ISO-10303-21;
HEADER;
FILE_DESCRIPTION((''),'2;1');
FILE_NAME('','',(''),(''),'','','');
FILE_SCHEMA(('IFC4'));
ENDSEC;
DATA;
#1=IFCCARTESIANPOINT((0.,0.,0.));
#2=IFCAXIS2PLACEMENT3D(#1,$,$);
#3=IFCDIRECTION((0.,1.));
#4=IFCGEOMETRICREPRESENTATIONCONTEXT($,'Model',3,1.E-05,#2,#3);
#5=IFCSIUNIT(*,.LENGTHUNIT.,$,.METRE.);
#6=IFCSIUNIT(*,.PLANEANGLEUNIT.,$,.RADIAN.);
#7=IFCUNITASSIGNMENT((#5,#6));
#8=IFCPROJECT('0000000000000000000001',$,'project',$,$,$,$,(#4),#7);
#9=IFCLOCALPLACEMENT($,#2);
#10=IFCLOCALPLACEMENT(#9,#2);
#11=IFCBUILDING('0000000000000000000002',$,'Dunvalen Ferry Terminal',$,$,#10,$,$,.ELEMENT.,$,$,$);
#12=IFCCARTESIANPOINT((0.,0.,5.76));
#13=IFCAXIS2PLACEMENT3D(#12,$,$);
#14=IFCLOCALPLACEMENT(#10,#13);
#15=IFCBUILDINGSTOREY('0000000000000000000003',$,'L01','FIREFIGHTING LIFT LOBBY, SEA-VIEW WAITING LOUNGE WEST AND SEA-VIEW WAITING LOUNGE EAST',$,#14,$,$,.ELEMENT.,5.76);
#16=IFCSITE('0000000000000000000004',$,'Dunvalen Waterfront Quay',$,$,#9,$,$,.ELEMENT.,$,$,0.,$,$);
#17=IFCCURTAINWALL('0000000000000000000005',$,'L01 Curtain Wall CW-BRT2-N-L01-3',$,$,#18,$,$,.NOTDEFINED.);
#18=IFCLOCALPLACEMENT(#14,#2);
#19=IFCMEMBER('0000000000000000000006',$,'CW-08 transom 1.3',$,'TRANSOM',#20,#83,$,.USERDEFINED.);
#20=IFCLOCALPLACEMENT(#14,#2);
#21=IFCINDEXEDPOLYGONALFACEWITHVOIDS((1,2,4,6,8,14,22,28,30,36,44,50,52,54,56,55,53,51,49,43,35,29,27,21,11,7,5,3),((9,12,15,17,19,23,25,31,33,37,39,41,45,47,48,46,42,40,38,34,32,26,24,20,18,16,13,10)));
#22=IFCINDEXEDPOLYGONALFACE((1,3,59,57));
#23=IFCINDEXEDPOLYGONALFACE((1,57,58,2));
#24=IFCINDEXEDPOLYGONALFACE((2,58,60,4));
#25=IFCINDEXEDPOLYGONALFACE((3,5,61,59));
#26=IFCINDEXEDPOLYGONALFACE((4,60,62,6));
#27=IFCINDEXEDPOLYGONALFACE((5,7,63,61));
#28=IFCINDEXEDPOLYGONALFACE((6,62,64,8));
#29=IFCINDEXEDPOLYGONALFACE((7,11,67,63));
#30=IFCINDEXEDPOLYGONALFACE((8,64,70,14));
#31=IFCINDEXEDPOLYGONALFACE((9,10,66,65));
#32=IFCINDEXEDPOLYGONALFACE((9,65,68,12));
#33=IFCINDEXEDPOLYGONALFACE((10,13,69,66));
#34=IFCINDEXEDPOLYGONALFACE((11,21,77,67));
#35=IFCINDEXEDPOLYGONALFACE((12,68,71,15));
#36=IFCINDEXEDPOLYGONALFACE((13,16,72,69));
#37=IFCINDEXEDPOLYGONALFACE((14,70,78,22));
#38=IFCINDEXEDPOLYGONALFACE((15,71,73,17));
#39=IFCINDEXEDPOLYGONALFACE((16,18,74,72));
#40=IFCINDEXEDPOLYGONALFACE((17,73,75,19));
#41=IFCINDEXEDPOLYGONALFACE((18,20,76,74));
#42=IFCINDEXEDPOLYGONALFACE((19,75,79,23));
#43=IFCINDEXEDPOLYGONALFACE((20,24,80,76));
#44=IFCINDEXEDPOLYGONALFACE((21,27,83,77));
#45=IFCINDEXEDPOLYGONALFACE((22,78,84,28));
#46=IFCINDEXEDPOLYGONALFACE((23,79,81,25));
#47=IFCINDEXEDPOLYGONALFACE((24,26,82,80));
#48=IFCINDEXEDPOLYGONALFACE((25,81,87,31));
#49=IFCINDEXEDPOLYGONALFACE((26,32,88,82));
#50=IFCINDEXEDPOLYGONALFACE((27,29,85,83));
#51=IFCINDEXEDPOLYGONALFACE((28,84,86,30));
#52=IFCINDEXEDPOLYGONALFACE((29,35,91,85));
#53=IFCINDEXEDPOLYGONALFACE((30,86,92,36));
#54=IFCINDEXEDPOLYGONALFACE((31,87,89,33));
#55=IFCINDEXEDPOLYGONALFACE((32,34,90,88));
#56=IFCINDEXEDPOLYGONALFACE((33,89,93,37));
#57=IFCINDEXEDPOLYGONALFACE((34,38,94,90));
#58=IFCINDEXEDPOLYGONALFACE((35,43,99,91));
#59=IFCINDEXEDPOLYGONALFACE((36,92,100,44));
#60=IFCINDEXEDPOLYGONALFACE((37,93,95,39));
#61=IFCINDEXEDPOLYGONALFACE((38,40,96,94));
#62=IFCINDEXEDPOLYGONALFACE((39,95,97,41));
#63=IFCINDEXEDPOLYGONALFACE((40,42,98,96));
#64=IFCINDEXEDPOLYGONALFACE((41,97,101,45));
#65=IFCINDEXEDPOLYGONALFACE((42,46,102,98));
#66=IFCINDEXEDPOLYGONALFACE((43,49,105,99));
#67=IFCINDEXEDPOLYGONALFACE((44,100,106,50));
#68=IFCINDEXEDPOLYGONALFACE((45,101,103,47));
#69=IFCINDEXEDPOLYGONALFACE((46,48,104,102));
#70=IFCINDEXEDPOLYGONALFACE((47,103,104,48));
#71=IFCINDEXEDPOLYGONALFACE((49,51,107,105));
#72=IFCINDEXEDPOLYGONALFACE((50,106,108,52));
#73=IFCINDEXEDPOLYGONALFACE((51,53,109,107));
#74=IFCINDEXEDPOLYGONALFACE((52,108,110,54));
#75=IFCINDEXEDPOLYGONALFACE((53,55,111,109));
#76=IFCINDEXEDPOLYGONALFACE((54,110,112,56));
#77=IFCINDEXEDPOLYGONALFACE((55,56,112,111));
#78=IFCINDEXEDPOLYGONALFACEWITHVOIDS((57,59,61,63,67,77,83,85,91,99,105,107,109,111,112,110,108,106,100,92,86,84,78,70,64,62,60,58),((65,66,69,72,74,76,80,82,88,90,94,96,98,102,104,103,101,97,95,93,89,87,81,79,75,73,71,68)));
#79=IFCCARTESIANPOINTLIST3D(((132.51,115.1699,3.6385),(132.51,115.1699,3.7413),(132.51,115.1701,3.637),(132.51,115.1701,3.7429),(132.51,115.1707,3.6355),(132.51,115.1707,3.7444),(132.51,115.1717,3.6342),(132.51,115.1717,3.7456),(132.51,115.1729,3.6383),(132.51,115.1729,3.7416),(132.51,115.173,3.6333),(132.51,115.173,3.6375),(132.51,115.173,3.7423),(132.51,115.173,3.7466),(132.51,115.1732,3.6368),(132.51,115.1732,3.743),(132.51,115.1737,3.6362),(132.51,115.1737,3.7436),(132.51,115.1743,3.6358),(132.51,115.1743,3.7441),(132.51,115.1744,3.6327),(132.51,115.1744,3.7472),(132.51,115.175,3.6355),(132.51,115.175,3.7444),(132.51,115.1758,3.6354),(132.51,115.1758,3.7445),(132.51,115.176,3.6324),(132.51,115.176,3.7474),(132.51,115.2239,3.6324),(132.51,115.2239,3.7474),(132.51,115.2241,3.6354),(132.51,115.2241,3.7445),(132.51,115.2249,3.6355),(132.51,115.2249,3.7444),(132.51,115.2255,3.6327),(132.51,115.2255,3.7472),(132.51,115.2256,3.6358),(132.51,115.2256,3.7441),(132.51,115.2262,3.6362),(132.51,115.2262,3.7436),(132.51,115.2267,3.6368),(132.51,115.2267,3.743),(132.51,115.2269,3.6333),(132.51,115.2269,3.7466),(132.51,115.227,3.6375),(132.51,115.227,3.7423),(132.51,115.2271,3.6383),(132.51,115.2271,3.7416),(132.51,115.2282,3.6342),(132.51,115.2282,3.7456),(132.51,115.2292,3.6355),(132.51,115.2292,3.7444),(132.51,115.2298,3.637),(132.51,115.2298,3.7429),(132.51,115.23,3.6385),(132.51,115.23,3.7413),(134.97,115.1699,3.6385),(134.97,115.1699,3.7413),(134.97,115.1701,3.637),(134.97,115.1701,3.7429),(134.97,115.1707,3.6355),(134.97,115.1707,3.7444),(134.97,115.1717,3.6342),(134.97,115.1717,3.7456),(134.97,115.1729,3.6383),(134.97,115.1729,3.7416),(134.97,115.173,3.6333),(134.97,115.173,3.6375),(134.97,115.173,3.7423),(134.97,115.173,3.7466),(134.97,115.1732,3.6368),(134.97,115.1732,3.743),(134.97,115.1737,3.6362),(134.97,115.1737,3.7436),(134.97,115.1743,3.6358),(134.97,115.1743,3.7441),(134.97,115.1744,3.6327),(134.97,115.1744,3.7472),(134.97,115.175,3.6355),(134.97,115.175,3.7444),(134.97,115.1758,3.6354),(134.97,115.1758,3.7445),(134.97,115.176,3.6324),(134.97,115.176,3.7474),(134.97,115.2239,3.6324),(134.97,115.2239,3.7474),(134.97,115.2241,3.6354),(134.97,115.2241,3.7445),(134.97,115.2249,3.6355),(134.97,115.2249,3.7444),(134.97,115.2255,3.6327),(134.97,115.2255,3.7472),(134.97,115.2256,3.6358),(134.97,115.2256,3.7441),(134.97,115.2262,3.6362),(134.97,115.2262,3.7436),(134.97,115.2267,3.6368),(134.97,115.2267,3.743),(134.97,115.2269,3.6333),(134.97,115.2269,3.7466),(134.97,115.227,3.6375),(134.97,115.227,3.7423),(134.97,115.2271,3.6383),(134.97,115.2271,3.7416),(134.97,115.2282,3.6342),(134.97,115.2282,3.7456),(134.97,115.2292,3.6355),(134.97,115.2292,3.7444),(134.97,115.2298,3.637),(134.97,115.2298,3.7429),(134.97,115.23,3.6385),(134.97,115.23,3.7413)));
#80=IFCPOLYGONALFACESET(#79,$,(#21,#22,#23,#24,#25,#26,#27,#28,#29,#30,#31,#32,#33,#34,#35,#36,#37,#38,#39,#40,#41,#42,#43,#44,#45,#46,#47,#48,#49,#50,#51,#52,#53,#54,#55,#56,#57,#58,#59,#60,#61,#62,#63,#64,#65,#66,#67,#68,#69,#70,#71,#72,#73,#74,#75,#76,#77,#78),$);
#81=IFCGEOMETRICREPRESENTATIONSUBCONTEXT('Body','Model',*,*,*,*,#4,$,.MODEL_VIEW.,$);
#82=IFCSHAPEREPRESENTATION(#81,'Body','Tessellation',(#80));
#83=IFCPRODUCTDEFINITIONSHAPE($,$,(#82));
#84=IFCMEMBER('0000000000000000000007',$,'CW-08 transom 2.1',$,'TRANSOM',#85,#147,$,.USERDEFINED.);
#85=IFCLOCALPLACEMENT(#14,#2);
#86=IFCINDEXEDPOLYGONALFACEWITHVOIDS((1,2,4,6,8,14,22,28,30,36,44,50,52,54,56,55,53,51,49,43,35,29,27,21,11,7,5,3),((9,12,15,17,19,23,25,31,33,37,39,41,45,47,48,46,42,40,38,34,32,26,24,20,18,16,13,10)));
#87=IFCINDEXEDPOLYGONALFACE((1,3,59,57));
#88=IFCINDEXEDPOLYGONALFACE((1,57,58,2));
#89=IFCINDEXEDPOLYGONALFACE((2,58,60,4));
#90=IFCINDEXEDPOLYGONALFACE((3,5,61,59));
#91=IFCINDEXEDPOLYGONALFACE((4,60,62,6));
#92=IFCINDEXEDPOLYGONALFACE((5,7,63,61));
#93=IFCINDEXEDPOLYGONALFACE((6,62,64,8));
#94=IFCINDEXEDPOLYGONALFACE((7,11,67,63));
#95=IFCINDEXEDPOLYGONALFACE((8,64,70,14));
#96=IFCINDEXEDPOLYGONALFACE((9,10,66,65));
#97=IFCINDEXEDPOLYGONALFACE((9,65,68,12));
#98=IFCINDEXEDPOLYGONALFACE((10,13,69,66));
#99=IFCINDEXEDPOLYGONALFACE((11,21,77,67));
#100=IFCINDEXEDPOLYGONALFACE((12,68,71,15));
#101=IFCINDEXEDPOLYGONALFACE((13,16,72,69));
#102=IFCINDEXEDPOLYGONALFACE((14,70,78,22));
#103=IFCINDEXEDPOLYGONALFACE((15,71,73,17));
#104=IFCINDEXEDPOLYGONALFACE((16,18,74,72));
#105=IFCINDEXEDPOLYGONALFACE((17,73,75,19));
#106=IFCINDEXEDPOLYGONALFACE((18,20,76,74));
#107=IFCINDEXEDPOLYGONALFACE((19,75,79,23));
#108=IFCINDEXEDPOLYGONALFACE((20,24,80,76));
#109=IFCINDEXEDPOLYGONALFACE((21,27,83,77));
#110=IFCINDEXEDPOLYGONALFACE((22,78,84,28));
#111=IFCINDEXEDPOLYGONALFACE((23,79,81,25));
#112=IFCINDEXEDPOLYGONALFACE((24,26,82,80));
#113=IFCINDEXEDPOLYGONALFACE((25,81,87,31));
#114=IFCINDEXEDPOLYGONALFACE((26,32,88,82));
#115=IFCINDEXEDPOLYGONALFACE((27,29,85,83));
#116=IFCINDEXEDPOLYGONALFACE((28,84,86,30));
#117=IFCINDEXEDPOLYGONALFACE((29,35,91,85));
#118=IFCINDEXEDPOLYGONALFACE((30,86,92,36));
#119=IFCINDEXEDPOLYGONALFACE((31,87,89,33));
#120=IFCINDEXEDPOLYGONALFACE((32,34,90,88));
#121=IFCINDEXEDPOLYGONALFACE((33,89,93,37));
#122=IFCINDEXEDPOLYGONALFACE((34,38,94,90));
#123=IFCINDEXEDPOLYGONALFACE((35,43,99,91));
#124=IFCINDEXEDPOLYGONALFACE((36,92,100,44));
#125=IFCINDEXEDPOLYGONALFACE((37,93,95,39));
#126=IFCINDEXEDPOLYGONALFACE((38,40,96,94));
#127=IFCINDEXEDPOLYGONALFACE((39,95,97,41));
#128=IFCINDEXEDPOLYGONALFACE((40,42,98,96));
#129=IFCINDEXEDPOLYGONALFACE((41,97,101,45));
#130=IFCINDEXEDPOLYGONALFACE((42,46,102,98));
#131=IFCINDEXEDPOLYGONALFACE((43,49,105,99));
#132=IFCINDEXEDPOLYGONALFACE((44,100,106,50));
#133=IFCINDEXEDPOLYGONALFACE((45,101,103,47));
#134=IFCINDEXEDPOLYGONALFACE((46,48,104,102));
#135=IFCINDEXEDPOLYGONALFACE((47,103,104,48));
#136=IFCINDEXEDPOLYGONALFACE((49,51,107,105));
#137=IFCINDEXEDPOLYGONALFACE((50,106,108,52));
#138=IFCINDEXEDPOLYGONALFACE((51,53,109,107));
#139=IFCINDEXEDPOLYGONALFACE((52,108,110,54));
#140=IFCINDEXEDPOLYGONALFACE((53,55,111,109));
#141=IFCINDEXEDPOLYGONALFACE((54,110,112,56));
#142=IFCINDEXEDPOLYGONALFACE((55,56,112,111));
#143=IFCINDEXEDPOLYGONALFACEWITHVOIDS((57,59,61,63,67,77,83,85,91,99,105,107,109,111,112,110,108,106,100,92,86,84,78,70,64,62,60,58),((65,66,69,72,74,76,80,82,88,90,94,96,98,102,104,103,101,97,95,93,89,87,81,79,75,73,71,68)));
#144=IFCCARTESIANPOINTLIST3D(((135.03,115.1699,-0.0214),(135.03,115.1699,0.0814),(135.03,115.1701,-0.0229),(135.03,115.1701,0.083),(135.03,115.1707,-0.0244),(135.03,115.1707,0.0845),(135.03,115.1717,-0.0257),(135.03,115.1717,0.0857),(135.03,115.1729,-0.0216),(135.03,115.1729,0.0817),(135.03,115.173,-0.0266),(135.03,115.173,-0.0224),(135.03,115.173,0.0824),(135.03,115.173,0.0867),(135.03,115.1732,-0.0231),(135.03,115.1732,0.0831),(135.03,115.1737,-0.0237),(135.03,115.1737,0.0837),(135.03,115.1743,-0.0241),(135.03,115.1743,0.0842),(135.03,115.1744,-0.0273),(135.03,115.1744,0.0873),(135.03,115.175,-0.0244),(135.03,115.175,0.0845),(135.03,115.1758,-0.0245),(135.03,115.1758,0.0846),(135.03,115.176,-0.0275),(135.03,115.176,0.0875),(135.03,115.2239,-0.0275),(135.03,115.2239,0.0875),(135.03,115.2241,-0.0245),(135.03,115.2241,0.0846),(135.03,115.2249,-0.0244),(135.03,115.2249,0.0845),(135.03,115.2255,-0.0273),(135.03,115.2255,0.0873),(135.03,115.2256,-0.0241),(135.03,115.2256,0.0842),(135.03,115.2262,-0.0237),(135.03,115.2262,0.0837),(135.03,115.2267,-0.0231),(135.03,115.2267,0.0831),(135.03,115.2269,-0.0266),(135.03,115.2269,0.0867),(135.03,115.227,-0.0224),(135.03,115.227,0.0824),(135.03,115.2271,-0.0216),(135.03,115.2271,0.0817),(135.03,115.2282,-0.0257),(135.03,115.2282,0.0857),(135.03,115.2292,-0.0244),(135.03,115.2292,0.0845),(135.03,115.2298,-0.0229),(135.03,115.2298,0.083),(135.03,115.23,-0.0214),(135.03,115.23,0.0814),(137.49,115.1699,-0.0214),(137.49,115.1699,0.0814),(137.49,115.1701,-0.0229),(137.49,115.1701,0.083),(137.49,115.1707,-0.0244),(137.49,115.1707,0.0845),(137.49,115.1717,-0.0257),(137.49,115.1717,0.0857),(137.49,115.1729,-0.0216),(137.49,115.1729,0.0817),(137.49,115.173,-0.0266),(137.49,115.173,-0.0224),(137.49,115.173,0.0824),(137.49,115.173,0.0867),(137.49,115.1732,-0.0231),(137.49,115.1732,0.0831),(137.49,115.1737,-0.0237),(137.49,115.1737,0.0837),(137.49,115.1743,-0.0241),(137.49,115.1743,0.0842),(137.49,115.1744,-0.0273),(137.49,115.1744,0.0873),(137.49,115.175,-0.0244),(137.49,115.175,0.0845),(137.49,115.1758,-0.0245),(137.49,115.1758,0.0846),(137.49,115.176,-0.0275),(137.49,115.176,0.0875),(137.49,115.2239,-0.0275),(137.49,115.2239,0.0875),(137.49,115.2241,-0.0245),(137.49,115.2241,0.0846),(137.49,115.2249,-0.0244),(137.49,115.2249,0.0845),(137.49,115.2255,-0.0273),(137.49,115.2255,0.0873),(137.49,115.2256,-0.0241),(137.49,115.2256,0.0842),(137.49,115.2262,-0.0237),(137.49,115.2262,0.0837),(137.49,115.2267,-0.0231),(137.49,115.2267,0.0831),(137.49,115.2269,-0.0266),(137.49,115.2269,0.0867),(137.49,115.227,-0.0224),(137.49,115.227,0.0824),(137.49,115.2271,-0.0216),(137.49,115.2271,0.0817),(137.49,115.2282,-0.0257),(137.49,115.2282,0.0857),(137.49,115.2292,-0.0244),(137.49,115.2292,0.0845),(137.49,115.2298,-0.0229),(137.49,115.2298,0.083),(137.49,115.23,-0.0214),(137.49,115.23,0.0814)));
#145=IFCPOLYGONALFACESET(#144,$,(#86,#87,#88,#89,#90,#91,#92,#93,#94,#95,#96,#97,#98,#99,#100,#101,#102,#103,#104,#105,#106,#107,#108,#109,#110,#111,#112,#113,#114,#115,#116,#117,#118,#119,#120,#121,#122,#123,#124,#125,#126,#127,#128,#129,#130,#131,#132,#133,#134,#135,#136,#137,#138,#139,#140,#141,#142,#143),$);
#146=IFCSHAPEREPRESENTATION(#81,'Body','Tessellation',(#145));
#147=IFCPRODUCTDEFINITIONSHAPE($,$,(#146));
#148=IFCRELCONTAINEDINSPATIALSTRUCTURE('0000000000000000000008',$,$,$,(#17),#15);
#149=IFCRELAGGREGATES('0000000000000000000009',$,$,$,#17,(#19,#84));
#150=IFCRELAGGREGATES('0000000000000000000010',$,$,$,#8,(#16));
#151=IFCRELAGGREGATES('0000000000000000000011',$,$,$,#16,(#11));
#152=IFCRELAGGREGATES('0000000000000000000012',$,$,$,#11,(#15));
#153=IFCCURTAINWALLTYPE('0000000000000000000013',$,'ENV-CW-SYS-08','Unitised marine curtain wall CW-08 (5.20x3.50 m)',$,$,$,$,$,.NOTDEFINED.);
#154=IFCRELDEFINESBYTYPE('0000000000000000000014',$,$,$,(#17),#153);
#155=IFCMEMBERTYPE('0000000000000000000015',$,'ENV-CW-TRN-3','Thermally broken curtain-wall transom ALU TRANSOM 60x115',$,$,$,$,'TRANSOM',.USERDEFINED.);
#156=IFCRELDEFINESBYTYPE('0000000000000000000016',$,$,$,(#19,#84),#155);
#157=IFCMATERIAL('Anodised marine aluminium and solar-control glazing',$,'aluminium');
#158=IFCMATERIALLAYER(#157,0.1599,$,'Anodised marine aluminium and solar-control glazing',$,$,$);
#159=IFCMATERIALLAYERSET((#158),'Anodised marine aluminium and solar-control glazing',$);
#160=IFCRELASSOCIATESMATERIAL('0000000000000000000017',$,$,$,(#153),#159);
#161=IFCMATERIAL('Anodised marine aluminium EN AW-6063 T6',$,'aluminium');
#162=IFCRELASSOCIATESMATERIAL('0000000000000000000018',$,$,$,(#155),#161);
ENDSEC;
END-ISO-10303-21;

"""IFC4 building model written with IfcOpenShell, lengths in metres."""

from ifc_helpers import new_model, si_unit, direction, frame, origin, origin_2d, place, context, subcontext, project, spatial, hollow_rectangle, extrude, material, layer, layer_set, material_profile, profile_set, type_object, element, aggregate, save


model = new_model("IFC4")

# Units and contexts
model_context = context("Model", 3, precision=1e-05, world=origin(), true_north=direction((0.0, 1.0)))
body_context = subcontext(model_context, "Body", "Model", "MODEL_VIEW")
ifc_project = project(units=[si_unit("LENGTHUNIT", "METRE"), si_unit("PLANEANGLEUNIT", "RADIAN")], contexts=[model_context])

# Site, building, storey
site_placement = place(None, origin())
site = spatial("IfcSite", under=ifc_project, at=site_placement, Name="Dunvalen Waterfront Quay", CompositionType="ELEMENT", RefElevation=0.0)
building_placement = place(site_placement, origin())
building = spatial("IfcBuilding", under=site, at=building_placement, Name="Dunvalen Ferry Terminal", CompositionType="ELEMENT")
storey_placement = place(building_placement, frame((0.0, 0.0, 5.76)))
storey = spatial("IfcBuildingStorey", under=building, at=storey_placement, Name="L01", Description="FIREFIGHTING LIFT LOBBY, SEA-VIEW WAITING LOUNGE WEST AND SEA-VIEW WAITING LOUNGE EAST", CompositionType="ELEMENT", Elevation=5.76)

# Curtain wall
ifc_material_1 = material(Name="Anodised marine aluminium and solar-control glazing", Category="aluminium")
ifc_layer_1 = layer(ifc_material_1, 0.1599, Name="Anodised marine aluminium and solar-control glazing")
ifc_layer_set_1 = layer_set([ifc_layer_1], Name="Anodised marine aluminium and solar-control glazing")
curtain_wall_type = type_object("IfcCurtainWallType", Name="ENV-CW-SYS-08", Description="Unitised marine curtain wall CW-08 (5.20x3.50 m)", PredefinedType="NOTDEFINED", material=ifc_layer_set_1)
curtain_wall_1_placement = place(storey_placement, origin())
curtain_wall_1 = element("IfcCurtainWall", 1, at=curtain_wall_1_placement, inside=storey, type_object=curtain_wall_type, Name="L01 Curtain Wall CW-BRT2-N-L01-3", PredefinedType="NOTDEFINED")
ifc_material_2 = material(Name="Anodised marine aluminium EN AW-6063 T6", Category="aluminium")

# Members
ifc_material_profile_1 = material_profile(ifc_material_2, hollow_rectangle(XDim=0.0601, YDim=0.115, WallThickness=0.0029, InnerFilletRadius=0.0029, OuterFilletRadius=0.0061, at=origin_2d()), Name="Anodised marine aluminium EN AW-6063 T6")
ifc_profile_set_1 = profile_set([ifc_material_profile_1], Name="Anodised marine aluminium EN AW-6063 T6")
member_type_1 = type_object("IfcMemberType", Name="ENV-CW-TRN-3", Description="Thermally broken curtain-wall transom ALU TRANSOM 60x115", ElementType="TRANSOM", PredefinedType="USERDEFINED", material=ifc_profile_set_1)
member_1_placement = place(storey_placement, frame((132.51, 115.2, 3.6899), z_axis=(1.0, 0.0, 0.0), x_axis=(0.0, 1.0, 0.0)))
member_1 = element("IfcMember", 2, at=member_1_placement, type_object=member_type_1, Name="CW-08 transom 1.3", ObjectType="TRANSOM", PredefinedType="USERDEFINED", context=body_context, shape_type="SweptSolid", body=[
    extrude(hollow_rectangle(XDim=0.0601, YDim=0.115, WallThickness=0.0029, InnerFilletRadius=0.0029, OuterFilletRadius=0.0061, at=origin_2d()), origin(), (0.0, 0.0, 1.0), 2.46),
])
member_2_placement = place(storey_placement, frame((135.03, 115.2, 0.03), z_axis=(1.0, 0.0, 0.0), x_axis=(0.0, 1.0, 0.0)))
member_2 = element("IfcMember", 3, at=member_2_placement, type_object=member_type_1, Name="CW-08 transom 2.1", ObjectType="TRANSOM", PredefinedType="USERDEFINED", context=body_context, shape_type="SweptSolid", body=[
    extrude(hollow_rectangle(XDim=0.0601, YDim=0.115, WallThickness=0.0029, InnerFilletRadius=0.0029, OuterFilletRadius=0.0061, at=origin_2d()), origin(), (0.0, 0.0, 1.0), 2.46),
])

aggregate(curtain_wall_1, [member_1, member_2])

save(model, "model.ifc")
